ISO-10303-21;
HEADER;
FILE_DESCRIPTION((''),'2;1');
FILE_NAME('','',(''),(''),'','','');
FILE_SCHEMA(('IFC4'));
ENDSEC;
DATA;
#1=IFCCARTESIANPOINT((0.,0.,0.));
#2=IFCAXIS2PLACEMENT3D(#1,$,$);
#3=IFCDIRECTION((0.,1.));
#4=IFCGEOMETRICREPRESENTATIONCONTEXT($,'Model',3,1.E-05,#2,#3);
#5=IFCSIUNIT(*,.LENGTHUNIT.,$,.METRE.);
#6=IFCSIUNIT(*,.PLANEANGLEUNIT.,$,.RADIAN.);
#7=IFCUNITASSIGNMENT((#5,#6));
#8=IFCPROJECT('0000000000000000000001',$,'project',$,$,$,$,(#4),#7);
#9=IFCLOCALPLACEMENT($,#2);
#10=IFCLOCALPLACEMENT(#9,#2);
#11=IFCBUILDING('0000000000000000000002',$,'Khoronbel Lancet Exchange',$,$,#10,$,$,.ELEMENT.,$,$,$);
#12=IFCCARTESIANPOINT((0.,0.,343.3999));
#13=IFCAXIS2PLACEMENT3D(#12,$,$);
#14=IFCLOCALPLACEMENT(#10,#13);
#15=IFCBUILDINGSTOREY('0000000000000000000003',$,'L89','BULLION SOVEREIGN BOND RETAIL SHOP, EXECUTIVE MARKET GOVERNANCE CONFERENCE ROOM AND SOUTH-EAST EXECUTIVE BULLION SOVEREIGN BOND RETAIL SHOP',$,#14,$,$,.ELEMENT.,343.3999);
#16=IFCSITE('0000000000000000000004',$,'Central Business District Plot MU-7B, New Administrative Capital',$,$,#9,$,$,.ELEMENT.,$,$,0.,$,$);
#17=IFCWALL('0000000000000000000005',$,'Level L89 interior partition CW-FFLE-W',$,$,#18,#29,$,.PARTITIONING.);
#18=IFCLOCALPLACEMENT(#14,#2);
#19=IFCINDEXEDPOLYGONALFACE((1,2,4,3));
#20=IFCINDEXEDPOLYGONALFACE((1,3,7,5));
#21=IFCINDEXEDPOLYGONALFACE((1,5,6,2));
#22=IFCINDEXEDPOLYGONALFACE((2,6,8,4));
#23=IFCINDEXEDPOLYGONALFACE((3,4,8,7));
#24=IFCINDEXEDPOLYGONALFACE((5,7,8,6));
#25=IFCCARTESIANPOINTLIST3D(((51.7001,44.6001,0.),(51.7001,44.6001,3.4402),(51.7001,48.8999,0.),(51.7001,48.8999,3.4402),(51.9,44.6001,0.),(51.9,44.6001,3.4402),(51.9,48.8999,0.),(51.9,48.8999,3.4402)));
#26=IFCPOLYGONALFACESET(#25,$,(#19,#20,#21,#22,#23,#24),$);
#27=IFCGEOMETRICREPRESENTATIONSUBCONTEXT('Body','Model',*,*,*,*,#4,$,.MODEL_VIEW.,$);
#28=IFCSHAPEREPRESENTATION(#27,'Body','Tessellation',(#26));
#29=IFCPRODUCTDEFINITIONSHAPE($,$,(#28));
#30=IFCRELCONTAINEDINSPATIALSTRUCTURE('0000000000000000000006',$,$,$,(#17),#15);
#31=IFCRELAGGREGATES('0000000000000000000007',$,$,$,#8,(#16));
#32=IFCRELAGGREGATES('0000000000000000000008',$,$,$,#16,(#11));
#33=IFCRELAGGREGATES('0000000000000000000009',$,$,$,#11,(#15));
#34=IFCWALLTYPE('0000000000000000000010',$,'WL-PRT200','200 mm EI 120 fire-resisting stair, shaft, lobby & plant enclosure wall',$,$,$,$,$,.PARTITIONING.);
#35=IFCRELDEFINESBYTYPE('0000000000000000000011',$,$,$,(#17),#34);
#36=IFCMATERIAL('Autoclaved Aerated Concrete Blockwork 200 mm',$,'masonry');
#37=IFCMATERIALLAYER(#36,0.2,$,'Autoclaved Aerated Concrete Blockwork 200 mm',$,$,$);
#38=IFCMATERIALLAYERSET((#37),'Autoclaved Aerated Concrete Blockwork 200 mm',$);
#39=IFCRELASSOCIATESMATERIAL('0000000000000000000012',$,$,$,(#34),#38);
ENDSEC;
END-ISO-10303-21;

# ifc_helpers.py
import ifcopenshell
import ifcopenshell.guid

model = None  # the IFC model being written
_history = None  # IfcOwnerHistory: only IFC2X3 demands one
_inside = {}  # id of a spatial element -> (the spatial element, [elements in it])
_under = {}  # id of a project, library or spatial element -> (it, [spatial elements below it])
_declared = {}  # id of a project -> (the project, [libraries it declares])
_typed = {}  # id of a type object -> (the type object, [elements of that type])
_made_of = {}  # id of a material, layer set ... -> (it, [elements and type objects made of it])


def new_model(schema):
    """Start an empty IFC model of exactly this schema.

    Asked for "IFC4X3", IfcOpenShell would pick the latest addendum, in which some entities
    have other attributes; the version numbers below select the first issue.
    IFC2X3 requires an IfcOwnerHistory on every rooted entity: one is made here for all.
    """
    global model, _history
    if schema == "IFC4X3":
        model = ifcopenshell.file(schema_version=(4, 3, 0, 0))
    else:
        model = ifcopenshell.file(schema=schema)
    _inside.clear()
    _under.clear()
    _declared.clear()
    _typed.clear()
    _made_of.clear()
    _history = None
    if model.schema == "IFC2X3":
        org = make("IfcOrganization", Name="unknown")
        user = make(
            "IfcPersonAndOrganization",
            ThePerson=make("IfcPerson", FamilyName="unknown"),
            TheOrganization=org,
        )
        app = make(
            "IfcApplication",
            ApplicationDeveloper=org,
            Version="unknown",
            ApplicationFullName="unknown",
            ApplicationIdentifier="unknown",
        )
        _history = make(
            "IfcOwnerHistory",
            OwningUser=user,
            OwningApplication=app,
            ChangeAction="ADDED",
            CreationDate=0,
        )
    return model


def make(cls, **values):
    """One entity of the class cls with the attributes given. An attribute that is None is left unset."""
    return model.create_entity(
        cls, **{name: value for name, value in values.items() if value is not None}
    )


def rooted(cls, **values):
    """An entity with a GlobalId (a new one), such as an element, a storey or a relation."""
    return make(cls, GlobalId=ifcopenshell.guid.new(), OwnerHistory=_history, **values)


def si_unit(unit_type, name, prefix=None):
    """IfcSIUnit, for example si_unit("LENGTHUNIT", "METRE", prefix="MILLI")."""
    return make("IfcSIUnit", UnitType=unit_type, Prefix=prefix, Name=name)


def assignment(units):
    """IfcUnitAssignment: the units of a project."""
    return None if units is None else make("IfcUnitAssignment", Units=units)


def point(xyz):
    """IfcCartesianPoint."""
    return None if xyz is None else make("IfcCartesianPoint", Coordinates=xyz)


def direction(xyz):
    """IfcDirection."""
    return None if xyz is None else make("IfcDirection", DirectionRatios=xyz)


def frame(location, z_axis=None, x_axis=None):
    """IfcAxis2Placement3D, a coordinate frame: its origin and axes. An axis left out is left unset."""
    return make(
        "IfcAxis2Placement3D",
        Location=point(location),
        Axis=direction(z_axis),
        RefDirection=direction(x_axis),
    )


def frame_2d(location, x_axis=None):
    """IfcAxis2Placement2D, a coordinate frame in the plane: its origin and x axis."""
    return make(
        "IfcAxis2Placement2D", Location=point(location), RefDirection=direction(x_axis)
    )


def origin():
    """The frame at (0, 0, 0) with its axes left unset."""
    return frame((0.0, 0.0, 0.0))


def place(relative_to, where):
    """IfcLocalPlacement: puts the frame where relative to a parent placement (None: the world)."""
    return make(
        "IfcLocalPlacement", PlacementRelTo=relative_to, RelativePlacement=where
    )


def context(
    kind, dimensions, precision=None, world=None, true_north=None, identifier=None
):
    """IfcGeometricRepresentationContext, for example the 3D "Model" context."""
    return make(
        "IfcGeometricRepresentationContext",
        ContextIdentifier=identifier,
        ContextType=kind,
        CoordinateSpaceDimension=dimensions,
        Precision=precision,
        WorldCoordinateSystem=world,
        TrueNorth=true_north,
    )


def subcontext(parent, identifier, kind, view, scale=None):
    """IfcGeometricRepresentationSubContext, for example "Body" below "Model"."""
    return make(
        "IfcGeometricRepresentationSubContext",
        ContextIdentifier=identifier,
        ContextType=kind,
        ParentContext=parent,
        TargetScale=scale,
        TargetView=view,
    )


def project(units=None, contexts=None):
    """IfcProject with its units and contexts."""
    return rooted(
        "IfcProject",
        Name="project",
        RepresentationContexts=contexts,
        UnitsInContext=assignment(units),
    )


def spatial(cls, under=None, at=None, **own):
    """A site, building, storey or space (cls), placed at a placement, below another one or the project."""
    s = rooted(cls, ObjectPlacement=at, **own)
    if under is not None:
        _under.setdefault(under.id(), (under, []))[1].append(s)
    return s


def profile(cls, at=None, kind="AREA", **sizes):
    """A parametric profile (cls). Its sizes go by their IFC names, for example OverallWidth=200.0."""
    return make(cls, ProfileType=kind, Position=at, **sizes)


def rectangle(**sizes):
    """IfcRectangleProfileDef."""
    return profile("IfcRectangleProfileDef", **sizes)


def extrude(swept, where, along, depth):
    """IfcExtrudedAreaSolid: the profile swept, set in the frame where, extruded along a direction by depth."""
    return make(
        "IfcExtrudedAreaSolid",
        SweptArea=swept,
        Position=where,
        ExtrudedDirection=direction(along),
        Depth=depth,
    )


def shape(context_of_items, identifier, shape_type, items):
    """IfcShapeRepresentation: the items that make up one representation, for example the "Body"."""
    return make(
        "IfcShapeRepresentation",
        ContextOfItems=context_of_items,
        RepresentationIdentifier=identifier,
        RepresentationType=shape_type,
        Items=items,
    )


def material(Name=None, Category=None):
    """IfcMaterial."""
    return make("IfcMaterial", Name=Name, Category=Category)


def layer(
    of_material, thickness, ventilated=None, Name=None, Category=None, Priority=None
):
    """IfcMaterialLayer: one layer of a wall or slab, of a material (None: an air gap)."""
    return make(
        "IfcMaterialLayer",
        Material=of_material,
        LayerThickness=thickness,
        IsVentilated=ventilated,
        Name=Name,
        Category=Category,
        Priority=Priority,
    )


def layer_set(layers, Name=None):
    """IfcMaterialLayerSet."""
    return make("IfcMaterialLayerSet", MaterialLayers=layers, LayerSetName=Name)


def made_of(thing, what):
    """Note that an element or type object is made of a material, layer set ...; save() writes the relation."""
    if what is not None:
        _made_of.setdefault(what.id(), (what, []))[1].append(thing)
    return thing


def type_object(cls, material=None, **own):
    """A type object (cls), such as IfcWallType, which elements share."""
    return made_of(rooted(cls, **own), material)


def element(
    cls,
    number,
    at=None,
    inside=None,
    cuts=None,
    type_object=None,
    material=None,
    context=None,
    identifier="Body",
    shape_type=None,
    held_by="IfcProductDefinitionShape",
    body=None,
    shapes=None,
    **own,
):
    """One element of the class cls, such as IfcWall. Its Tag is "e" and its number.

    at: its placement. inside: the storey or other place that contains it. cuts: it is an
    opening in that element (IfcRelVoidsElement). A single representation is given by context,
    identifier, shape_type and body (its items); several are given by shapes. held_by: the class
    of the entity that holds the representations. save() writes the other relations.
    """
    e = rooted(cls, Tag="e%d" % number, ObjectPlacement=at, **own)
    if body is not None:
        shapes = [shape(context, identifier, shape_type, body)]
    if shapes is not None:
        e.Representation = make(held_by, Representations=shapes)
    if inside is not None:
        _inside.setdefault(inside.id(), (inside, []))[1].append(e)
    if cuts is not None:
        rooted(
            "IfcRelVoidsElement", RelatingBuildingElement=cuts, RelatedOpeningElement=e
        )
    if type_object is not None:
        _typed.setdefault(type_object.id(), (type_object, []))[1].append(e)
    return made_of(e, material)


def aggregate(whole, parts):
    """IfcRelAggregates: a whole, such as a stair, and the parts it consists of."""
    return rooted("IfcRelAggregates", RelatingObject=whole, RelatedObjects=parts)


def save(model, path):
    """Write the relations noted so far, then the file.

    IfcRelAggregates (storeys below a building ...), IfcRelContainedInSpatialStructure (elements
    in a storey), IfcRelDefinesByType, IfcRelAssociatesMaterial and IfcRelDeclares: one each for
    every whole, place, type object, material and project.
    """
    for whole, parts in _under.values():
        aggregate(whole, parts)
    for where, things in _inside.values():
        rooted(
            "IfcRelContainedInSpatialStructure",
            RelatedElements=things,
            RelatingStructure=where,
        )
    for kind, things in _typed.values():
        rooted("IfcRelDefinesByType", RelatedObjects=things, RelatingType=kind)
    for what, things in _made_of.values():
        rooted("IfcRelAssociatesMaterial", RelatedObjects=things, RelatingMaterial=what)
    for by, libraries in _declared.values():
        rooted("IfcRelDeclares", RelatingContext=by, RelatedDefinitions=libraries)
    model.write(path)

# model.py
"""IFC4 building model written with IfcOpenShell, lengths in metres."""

from ifc_helpers import new_model, si_unit, direction, frame, frame_2d, origin, place, context, subcontext, project, spatial, rectangle, extrude, material, layer, layer_set, type_object, element, save


model = new_model("IFC4")

# Units and contexts
model_context = context("Model", 3, precision=1e-05, world=origin(), true_north=direction((0.0, 1.0)))
body_context = subcontext(model_context, "Body", "Model", "MODEL_VIEW")
ifc_project = project(units=[si_unit("LENGTHUNIT", "METRE"), si_unit("PLANEANGLEUNIT", "RADIAN")], contexts=[model_context])

# Site, building, storey
site_placement = place(None, origin())
site = spatial("IfcSite", under=ifc_project, at=site_placement, Name="Central Business District Plot MU-7B, New Administrative Capital", CompositionType="ELEMENT", RefElevation=0.0)
building_placement = place(site_placement, origin())
building = spatial("IfcBuilding", under=site, at=building_placement, Name="Khoronbel Lancet Exchange", CompositionType="ELEMENT")
storey_placement = place(building_placement, frame((0.0, 0.0, 343.3999)))
storey = spatial("IfcBuildingStorey", under=building, at=storey_placement, Name="L89", Description="BULLION SOVEREIGN BOND RETAIL SHOP, EXECUTIVE MARKET GOVERNANCE CONFERENCE ROOM AND SOUTH-EAST EXECUTIVE BULLION SOVEREIGN BOND RETAIL SHOP", CompositionType="ELEMENT", Elevation=343.3999)

# Wall
ifc_material_1 = material(Name="Autoclaved Aerated Concrete Blockwork 200 mm", Category="masonry")
ifc_layer_1 = layer(ifc_material_1, 0.2, Name="Autoclaved Aerated Concrete Blockwork 200 mm")
ifc_layer_set_1 = layer_set([ifc_layer_1], Name="Autoclaved Aerated Concrete Blockwork 200 mm")
wall_type_1 = type_object("IfcWallType", Name="WL-PRT200", Description="200 mm EI 120 fire-resisting stair, shaft, lobby & plant enclosure wall", PredefinedType="PARTITIONING", material=ifc_layer_set_1)
wall_1_placement = place(storey_placement, frame((51.8, 44.6001, 0.0), z_axis=(0.0, 0.0, 1.0), x_axis=(0.0, 1.0, 0.0)))
element("IfcWall", 1, at=wall_1_placement, inside=storey, type_object=wall_type_1, Name="Level L89 interior partition CW-FFLE-W", PredefinedType="PARTITIONING", context=body_context, shape_type="SweptSolid", body=[
    extrude(rectangle(XDim=4.2998, YDim=0.2, at=frame_2d((2.1499, 0.0))), origin(), (0.0, 0.0, 1.0), 3.4402),
])

save(model, "model.ifc")
